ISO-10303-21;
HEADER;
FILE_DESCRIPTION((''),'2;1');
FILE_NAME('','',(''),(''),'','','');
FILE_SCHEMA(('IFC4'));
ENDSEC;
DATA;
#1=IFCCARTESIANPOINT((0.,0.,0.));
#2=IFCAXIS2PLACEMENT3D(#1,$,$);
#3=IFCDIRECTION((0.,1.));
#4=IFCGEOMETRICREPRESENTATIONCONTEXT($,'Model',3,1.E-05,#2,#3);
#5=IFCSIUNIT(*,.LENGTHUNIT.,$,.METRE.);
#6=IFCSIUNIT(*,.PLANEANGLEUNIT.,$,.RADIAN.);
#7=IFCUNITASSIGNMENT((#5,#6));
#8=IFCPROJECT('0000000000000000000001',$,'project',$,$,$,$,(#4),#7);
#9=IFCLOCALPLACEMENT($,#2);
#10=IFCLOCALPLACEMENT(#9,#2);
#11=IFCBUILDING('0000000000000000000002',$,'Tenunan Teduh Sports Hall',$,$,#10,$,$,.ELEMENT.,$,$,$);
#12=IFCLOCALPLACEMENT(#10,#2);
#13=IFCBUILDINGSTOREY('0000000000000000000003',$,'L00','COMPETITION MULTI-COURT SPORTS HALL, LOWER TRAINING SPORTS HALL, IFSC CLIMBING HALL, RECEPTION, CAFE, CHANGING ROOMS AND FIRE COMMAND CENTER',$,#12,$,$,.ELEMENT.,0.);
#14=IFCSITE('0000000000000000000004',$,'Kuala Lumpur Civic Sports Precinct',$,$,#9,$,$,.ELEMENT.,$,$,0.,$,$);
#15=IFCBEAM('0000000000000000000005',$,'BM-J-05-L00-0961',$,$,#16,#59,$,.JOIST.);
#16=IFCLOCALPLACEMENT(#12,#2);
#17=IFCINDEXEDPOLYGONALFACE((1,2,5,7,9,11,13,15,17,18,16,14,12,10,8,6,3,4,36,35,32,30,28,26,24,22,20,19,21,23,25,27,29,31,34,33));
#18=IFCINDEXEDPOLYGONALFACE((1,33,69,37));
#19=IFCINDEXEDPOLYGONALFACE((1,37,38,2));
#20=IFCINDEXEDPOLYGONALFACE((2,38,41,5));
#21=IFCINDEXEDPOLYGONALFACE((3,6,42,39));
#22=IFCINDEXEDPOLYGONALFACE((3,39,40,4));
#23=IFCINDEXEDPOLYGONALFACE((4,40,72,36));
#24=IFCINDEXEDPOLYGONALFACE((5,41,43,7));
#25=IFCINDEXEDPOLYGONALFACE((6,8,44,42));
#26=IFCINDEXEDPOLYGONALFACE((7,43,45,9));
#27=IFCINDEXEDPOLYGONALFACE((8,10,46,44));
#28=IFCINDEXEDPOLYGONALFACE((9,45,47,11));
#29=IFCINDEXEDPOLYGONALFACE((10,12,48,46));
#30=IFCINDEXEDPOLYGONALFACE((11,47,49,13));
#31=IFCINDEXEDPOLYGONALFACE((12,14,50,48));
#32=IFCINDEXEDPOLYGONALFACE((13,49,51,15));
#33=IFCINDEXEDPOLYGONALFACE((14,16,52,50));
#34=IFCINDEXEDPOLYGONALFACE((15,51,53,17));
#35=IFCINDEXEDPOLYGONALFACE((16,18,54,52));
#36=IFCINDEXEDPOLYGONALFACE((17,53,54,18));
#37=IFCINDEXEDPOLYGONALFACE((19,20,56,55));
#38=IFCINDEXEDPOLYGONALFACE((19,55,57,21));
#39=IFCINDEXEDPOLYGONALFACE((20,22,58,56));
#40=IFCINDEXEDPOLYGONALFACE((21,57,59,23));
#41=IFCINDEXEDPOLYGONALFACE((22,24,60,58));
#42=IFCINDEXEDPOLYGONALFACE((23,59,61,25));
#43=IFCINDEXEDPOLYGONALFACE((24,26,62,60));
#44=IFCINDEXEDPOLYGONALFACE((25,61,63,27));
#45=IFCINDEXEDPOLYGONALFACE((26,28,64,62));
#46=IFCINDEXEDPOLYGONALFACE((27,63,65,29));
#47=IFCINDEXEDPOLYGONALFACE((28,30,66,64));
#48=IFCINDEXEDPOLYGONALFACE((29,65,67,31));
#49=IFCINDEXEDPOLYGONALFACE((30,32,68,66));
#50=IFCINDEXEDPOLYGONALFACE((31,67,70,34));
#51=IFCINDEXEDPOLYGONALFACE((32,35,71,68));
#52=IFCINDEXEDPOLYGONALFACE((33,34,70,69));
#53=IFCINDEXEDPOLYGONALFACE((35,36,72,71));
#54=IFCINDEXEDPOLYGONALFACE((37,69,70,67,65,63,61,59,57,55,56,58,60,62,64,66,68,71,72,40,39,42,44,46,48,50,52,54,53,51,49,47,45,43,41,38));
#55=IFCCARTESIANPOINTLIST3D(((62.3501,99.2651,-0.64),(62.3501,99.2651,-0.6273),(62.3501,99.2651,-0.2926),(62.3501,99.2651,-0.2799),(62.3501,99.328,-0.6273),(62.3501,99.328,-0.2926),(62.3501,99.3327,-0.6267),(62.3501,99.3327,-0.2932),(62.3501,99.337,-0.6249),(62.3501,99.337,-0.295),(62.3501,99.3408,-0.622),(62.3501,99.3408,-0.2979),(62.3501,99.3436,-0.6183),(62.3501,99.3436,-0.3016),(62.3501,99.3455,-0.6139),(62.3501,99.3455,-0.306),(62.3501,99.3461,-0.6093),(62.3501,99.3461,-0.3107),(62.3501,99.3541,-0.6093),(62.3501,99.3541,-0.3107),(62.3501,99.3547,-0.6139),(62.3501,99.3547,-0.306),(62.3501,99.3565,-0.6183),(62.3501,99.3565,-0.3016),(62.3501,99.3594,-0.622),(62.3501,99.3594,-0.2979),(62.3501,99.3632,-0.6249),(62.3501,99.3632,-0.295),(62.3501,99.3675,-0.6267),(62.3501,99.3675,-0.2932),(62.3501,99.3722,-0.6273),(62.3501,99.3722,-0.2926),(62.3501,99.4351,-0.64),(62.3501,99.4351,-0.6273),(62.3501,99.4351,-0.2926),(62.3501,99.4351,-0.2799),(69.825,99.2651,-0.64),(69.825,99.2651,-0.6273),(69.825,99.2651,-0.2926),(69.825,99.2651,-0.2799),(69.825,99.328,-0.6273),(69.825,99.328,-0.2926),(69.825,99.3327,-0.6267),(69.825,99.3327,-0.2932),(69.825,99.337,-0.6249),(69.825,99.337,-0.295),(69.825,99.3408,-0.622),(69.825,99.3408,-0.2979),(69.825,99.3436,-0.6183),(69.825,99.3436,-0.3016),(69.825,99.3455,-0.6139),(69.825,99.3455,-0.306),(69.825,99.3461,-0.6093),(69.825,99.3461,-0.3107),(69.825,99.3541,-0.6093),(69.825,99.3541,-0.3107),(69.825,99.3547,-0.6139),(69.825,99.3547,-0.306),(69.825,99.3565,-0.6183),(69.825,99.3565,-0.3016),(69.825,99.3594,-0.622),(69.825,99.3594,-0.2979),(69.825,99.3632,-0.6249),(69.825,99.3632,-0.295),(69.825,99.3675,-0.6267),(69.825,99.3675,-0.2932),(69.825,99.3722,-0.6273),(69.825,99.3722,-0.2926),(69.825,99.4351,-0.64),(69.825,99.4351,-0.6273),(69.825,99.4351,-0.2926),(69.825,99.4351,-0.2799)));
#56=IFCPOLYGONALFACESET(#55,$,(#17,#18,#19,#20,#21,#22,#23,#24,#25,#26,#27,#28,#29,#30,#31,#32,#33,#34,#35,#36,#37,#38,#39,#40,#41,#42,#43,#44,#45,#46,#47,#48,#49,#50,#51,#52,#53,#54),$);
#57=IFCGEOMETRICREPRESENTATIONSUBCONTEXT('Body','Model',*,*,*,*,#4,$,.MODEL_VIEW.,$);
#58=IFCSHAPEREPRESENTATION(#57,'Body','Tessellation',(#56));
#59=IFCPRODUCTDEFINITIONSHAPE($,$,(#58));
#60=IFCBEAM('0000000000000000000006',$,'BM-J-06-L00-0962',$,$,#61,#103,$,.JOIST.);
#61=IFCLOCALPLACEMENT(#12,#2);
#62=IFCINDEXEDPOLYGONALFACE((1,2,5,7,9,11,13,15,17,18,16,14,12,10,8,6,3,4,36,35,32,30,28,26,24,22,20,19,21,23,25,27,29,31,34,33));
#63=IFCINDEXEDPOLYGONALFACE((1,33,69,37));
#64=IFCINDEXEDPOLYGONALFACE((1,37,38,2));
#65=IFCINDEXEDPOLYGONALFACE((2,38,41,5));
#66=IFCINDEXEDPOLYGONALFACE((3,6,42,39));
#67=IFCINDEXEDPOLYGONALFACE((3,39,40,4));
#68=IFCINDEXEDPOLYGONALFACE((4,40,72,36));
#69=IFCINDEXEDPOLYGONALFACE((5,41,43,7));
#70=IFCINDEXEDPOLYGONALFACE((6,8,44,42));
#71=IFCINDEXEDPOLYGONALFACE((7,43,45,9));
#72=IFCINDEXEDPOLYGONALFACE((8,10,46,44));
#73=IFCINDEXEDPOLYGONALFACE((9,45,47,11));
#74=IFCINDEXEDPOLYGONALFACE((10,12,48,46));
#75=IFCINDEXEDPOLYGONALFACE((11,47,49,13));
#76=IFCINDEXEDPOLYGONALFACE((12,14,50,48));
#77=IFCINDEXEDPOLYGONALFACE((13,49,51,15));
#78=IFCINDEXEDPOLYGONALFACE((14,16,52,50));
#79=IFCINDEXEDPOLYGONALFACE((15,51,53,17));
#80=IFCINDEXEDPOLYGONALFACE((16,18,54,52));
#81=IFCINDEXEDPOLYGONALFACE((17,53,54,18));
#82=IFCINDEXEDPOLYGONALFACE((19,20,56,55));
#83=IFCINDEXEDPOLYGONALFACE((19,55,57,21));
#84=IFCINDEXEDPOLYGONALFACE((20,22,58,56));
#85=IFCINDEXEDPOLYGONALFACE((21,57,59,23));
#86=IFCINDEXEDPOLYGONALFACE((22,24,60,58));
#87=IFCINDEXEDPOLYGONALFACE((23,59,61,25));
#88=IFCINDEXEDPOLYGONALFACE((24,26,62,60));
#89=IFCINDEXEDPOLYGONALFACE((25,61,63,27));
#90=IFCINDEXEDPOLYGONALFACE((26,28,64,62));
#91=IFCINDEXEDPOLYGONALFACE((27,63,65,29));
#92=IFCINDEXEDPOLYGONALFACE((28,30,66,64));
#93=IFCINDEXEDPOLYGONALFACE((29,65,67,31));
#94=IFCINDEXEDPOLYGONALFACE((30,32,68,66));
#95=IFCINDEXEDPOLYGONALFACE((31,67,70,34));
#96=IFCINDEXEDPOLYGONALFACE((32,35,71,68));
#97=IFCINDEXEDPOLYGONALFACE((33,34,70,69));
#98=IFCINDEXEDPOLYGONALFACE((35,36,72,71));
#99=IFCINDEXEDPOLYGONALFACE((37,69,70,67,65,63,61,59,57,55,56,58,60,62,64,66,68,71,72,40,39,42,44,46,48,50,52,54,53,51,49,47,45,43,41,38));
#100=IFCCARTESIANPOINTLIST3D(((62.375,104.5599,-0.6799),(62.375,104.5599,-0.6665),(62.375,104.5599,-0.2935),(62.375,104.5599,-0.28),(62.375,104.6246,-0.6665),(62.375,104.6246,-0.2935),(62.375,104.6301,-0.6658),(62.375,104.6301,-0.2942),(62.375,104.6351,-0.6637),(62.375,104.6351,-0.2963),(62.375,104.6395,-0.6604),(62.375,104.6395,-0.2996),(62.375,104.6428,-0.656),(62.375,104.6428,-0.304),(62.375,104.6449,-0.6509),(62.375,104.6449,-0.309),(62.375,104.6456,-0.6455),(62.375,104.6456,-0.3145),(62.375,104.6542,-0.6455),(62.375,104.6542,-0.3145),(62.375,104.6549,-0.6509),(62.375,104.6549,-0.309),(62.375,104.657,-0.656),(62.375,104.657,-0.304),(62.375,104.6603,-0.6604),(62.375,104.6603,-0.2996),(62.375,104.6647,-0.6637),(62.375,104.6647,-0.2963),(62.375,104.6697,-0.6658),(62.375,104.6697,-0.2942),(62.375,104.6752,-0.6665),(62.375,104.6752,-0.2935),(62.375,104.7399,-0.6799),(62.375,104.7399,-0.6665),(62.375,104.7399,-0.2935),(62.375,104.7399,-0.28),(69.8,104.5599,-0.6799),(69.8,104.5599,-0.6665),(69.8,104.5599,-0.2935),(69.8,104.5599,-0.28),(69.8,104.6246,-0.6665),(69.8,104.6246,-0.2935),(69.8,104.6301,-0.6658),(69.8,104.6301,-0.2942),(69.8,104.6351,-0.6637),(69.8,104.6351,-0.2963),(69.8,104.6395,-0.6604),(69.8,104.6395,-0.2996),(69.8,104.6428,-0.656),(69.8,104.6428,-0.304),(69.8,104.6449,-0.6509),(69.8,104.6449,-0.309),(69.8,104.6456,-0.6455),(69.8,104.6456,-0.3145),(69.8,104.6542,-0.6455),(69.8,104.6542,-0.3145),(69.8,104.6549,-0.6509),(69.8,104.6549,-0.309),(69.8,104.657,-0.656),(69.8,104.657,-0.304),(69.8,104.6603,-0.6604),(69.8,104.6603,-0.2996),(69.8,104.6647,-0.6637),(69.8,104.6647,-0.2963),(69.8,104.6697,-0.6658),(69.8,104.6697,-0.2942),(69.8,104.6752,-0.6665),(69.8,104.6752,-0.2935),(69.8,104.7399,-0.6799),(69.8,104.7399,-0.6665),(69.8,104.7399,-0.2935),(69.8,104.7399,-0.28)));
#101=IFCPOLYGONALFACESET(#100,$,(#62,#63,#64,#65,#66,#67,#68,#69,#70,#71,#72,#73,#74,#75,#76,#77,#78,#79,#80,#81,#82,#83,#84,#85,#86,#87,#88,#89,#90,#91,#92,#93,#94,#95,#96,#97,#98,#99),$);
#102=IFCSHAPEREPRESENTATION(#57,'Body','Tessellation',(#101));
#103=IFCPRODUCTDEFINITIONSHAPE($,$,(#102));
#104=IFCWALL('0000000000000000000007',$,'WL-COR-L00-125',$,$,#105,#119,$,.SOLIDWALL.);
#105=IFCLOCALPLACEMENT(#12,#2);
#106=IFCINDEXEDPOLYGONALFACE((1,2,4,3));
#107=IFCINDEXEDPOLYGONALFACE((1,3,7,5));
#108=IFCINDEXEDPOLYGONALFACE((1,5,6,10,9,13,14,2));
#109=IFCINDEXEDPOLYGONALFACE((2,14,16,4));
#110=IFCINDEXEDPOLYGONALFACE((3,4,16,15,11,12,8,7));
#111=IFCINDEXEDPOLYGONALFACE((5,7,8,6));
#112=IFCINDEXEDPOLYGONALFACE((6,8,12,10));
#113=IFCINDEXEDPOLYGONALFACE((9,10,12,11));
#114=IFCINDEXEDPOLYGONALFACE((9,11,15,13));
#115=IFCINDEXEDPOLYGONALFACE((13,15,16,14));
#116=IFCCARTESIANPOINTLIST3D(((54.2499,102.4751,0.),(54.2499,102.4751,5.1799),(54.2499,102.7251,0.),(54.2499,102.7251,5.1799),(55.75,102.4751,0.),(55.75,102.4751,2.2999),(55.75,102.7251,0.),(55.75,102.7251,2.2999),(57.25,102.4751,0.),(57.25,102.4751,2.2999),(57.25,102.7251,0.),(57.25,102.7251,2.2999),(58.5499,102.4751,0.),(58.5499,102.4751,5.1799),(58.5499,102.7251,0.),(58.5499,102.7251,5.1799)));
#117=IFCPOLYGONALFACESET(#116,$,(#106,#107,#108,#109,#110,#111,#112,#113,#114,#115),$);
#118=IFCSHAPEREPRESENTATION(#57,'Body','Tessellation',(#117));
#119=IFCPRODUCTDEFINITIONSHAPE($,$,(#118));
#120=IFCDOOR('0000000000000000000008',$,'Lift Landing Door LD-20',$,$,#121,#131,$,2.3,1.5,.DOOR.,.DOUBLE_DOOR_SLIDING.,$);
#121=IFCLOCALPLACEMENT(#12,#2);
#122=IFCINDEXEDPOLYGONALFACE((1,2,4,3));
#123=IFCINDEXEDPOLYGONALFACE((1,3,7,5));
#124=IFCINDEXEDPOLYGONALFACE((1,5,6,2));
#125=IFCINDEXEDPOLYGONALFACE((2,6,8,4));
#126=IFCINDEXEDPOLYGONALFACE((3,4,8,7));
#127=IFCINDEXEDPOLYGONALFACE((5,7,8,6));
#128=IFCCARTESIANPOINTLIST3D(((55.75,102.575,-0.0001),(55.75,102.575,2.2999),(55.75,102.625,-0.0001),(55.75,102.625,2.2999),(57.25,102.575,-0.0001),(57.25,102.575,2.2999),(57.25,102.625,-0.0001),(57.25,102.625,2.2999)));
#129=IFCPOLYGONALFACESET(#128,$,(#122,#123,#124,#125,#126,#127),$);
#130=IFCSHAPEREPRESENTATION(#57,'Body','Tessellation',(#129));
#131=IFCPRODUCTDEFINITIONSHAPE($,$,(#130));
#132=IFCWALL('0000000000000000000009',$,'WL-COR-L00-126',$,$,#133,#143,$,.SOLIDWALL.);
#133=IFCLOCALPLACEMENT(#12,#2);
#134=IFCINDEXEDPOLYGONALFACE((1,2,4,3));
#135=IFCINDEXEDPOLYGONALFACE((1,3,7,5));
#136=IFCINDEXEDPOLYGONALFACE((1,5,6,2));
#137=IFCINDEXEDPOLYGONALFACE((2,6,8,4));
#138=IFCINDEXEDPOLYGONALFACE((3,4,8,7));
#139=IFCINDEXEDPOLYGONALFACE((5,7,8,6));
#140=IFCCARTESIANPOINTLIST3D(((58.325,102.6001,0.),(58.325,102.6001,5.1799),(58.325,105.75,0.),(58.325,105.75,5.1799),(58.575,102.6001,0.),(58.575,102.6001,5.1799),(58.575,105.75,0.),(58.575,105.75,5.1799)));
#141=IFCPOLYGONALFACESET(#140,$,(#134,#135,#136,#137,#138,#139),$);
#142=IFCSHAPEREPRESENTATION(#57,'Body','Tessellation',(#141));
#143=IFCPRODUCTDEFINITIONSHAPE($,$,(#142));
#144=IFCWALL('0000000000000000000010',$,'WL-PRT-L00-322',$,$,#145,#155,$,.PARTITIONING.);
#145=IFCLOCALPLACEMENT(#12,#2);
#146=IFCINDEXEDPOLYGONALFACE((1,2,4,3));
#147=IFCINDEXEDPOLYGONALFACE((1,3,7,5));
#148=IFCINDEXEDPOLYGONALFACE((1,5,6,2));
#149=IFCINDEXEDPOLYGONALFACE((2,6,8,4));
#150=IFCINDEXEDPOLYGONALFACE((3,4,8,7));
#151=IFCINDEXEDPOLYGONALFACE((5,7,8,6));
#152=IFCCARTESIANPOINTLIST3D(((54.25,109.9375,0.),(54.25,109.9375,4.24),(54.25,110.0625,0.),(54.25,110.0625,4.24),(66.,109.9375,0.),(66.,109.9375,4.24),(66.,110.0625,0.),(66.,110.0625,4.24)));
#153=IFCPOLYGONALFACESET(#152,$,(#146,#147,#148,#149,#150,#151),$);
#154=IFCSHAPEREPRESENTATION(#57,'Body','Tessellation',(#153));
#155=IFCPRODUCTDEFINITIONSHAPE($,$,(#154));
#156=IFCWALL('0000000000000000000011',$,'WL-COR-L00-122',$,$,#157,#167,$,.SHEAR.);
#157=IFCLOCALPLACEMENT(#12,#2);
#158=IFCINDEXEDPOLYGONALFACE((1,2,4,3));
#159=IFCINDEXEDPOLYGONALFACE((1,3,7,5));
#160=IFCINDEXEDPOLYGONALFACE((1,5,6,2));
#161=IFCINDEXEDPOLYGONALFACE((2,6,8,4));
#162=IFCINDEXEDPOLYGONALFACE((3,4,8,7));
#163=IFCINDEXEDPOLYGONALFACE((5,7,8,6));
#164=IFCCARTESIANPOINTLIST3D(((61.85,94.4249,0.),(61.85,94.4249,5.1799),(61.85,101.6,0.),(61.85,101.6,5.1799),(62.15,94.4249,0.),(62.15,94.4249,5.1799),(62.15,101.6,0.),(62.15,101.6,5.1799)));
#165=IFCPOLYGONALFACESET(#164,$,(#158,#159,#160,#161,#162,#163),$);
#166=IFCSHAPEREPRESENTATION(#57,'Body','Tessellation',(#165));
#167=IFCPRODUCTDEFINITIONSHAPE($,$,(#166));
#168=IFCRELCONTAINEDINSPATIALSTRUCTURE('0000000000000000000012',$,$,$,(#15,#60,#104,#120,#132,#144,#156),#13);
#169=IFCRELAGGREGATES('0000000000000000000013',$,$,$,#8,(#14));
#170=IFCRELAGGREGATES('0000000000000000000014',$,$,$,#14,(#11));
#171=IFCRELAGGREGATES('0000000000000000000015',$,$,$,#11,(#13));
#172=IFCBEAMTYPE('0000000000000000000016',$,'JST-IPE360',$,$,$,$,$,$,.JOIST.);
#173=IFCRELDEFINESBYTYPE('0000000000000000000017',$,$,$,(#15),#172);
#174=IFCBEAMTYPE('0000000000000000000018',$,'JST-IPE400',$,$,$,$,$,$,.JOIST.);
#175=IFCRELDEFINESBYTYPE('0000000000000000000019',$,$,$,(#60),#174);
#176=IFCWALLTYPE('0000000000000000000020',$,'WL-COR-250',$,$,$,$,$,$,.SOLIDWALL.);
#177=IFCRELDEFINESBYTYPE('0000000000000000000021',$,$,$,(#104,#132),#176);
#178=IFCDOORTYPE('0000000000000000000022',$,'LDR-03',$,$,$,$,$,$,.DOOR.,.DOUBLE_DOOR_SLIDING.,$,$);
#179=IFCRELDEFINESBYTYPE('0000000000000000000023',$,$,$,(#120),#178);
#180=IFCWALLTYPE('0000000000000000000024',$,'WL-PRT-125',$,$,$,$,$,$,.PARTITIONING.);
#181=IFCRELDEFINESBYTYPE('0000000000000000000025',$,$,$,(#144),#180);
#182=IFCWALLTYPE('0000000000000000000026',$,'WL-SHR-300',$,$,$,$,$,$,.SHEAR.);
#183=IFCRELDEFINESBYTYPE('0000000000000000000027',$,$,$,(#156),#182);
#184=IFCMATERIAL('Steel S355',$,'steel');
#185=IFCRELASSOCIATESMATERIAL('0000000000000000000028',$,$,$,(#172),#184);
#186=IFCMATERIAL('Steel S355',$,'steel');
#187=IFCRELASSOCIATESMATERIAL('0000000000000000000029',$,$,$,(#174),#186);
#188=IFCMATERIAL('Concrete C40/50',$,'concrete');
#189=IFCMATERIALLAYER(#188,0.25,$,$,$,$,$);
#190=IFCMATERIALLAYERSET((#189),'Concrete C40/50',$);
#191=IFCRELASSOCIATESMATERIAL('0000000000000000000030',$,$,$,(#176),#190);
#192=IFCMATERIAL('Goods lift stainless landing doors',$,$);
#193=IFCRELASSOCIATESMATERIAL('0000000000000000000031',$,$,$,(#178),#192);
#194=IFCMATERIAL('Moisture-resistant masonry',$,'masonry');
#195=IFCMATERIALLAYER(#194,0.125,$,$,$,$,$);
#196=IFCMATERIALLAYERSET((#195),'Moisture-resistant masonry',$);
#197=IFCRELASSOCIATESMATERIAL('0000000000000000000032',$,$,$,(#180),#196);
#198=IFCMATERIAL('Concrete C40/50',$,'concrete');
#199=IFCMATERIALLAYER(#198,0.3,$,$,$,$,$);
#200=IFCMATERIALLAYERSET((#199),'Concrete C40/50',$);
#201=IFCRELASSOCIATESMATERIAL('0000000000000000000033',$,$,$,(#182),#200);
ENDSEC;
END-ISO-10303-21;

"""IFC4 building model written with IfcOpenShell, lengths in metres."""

from ifc_helpers import new_model, si_unit, direction, frame, frame_2d, origin, origin_2d, place, context, subcontext, project, spatial, rectangle, i_section, extrude, material, layer, layer_set, material_profile, profile_set, type_object, element, fill, save


model = new_model("IFC4")

# Units and contexts
model_context = context("Model", 3, precision=1e-05, world=origin(), true_north=direction((0.0, 1.0)))
body_context = subcontext(model_context, "Body", "Model", "MODEL_VIEW")
ifc_project = project(units=[si_unit("LENGTHUNIT", "METRE"), si_unit("PLANEANGLEUNIT", "RADIAN")], contexts=[model_context])

# Site, building, storey
site_placement = place(None, origin())
site = spatial("IfcSite", under=ifc_project, at=site_placement, Name="Kuala Lumpur Civic Sports Precinct", CompositionType="ELEMENT", RefElevation=0.0)
building_placement = place(site_placement, origin())
building = spatial("IfcBuilding", under=site, at=building_placement, Name="Tenunan Teduh Sports Hall", CompositionType="ELEMENT")
storey_placement = place(building_placement, origin())
storey = spatial("IfcBuildingStorey", under=building, at=storey_placement, Name="L00", Description="COMPETITION MULTI-COURT SPORTS HALL, LOWER TRAINING SPORTS HALL, IFSC CLIMBING HALL, RECEPTION, CAFE, CHANGING ROOMS AND FIRE COMMAND CENTER", CompositionType="ELEMENT", Elevation=0.0)

# Beams
ifc_material_1 = material(Name="Steel S355", Category="steel")
ifc_material_profile_1 = material_profile(ifc_material_1, i_section(OverallWidth=0.1699, OverallDepth=0.3601, WebThickness=0.0081, FlangeThickness=0.0127, FilletRadius=0.0181, at=origin_2d()), Name="IPE 360")
ifc_profile_set_1 = profile_set([ifc_material_profile_1], Name="Steel S355")
beam_type_1 = type_object("IfcBeamType", Name="JST-IPE360", PredefinedType="JOIST", material=ifc_profile_set_1)
beam_1_placement = place(storey_placement, frame((62.3501, 99.3501, -0.46), z_axis=(1.0, 0.0, 0.0), x_axis=(0.0, 1.0, 0.0)))
element("IfcBeam", 1, at=beam_1_placement, inside=storey, type_object=beam_type_1, Name="BM-J-05-L00-0961", PredefinedType="JOIST", context=body_context, shape_type="SweptSolid", body=[
    extrude(i_section(OverallWidth=0.1699, OverallDepth=0.3601, WebThickness=0.0081, FlangeThickness=0.0127, FilletRadius=0.0181, at=origin_2d()), origin(), (0.0, 0.0, 1.0), 7.4749),
])
ifc_material_2 = material(Name="Steel S355", Category="steel")
ifc_material_profile_2 = material_profile(ifc_material_2, i_section(OverallWidth=0.1799, OverallDepth=0.3999, WebThickness=0.0085, FlangeThickness=0.0134, FilletRadius=0.021, at=origin_2d()), Name="IPE 400")
ifc_profile_set_2 = profile_set([ifc_material_profile_2], Name="Steel S355")
beam_type_2 = type_object("IfcBeamType", Name="JST-IPE400", PredefinedType="JOIST", material=ifc_profile_set_2)
beam_2_placement = place(storey_placement, frame((62.375, 104.6499, -0.48), z_axis=(1.0, 0.0, 0.0), x_axis=(0.0, 1.0, 0.0)))
element("IfcBeam", 2, at=beam_2_placement, inside=storey, type_object=beam_type_2, Name="BM-J-06-L00-0962", PredefinedType="JOIST", context=body_context, shape_type="SweptSolid", body=[
    extrude(i_section(OverallWidth=0.1799, OverallDepth=0.3999, WebThickness=0.0085, FlangeThickness=0.0134, FilletRadius=0.021, at=origin_2d()), origin(), (0.0, 0.0, 1.0), 7.425),
])

# Wall, opening, door
ifc_material_3 = material(Name="Concrete C40/50", Category="concrete")
ifc_layer_1 = layer(ifc_material_3, 0.25)
ifc_layer_set_1 = layer_set([ifc_layer_1], Name="Concrete C40/50")
wall_type_1 = type_object("IfcWallType", Name="WL-COR-250", PredefinedType="SOLIDWALL", material=ifc_layer_set_1)
wall_1_placement = place(storey_placement, frame((54.25, 102.6001, 0.0), z_axis=(0.0, 0.0, 1.0), x_axis=(1.0, 0.0, 0.0)))
wall_1 = element("IfcWall", 3, at=wall_1_placement, inside=storey, type_object=wall_type_1, Name="WL-COR-L00-125", PredefinedType="SOLIDWALL", context=body_context, shape_type="SweptSolid", body=[
    extrude(rectangle(XDim=4.3, YDim=0.25, at=frame_2d((2.1499, 0.0))), origin(), (0.0, 0.0, 1.0), 5.1799),
])
opening_1_placement = place(wall_1_placement, frame((1.5, 0.0, 0.0)))
opening_1 = element("IfcOpeningElement", 4, at=opening_1_placement, cuts=wall_1, PredefinedType="OPENING", context=body_context, shape_type="SweptSolid", body=[
    extrude(rectangle(XDim=1.5, YDim=2.3, at=frame_2d((0.75, 1.1499))), frame((0.0, 0.135, 0.0), z_axis=(0.0, -1.0, 0.0), x_axis=(1.0, 0.0, 0.0)), (0.0, 0.0, 1.0), 0.27),
])
ifc_material_4 = material(Name="Goods lift stainless landing doors")
door_type_1 = type_object("IfcDoorType", Name="LDR-03", OperationType="DOUBLE_DOOR_SLIDING", PredefinedType="DOOR", material=ifc_material_4)
door_1_placement = place(opening_1_placement, origin())
door_1 = element("IfcDoor", 5, at=door_1_placement, inside=storey, type_object=door_type_1, Name="Lift Landing Door LD-20", OperationType="DOUBLE_DOOR_SLIDING", OverallHeight=2.3, OverallWidth=1.5, PredefinedType="DOOR", context=body_context, shape_type="SweptSolid", body=[
    extrude(rectangle(XDim=1.5, YDim=2.3, at=frame_2d((0.75, 1.1499))), frame((0.0, 0.0249, 0.0), z_axis=(0.0, -1.0, 0.0), x_axis=(1.0, 0.0, 0.0)), (0.0, 0.0, 1.0), 0.05),
])
fill(opening_1, door_1)

# Walls
wall_2_placement = place(storey_placement, frame((58.45, 102.6001, 0.0), z_axis=(0.0, 0.0, 1.0), x_axis=(0.0, 1.0, 0.0)))
element("IfcWall", 6, at=wall_2_placement, inside=storey, type_object=wall_type_1, Name="WL-COR-L00-126", PredefinedType="SOLIDWALL", context=body_context, shape_type="SweptSolid", body=[
    extrude(rectangle(XDim=3.1499, YDim=0.25, at=frame_2d((1.575, 0.0))), origin(), (0.0, 0.0, 1.0), 5.1799),
])
ifc_material_5 = material(Name="Moisture-resistant masonry", Category="masonry")
ifc_layer_2 = layer(ifc_material_5, 0.125)
ifc_layer_set_2 = layer_set([ifc_layer_2], Name="Moisture-resistant masonry")
wall_type_2 = type_object("IfcWallType", Name="WL-PRT-125", PredefinedType="PARTITIONING", material=ifc_layer_set_2)
wall_3_placement = place(storey_placement, frame((54.25, 110.0, 0.0), z_axis=(0.0, 0.0, 1.0), x_axis=(1.0, 0.0, 0.0)))
element("IfcWall", 7, at=wall_3_placement, inside=storey, type_object=wall_type_2, Name="WL-PRT-L00-322", PredefinedType="PARTITIONING", context=body_context, shape_type="SweptSolid", body=[
    extrude(rectangle(XDim=11.75, YDim=0.125, at=frame_2d((5.875, 0.0))), origin(), (0.0, 0.0, 1.0), 4.24),
])
ifc_material_6 = material(Name="Concrete C40/50", Category="concrete")
ifc_layer_3 = layer(ifc_material_6, 0.3)
ifc_layer_set_3 = layer_set([ifc_layer_3], Name="Concrete C40/50")
wall_type_3 = type_object("IfcWallType", Name="WL-SHR-300", PredefinedType="SHEAR", material=ifc_layer_set_3)
wall_4_placement = place(storey_placement, frame((62.0, 94.425, 0.0), z_axis=(0.0, 0.0, 1.0), x_axis=(0.0, 1.0, 0.0)))
element("IfcWall", 8, at=wall_4_placement, inside=storey, type_object=wall_type_3, Name="WL-COR-L00-122", PredefinedType="SHEAR", context=body_context, shape_type="SweptSolid", body=[
    extrude(rectangle(XDim=7.175, YDim=0.3, at=frame_2d((3.5874, 0.0))), origin(), (0.0, 0.0, 1.0), 5.1799),
])

save(model, "model.ifc")
